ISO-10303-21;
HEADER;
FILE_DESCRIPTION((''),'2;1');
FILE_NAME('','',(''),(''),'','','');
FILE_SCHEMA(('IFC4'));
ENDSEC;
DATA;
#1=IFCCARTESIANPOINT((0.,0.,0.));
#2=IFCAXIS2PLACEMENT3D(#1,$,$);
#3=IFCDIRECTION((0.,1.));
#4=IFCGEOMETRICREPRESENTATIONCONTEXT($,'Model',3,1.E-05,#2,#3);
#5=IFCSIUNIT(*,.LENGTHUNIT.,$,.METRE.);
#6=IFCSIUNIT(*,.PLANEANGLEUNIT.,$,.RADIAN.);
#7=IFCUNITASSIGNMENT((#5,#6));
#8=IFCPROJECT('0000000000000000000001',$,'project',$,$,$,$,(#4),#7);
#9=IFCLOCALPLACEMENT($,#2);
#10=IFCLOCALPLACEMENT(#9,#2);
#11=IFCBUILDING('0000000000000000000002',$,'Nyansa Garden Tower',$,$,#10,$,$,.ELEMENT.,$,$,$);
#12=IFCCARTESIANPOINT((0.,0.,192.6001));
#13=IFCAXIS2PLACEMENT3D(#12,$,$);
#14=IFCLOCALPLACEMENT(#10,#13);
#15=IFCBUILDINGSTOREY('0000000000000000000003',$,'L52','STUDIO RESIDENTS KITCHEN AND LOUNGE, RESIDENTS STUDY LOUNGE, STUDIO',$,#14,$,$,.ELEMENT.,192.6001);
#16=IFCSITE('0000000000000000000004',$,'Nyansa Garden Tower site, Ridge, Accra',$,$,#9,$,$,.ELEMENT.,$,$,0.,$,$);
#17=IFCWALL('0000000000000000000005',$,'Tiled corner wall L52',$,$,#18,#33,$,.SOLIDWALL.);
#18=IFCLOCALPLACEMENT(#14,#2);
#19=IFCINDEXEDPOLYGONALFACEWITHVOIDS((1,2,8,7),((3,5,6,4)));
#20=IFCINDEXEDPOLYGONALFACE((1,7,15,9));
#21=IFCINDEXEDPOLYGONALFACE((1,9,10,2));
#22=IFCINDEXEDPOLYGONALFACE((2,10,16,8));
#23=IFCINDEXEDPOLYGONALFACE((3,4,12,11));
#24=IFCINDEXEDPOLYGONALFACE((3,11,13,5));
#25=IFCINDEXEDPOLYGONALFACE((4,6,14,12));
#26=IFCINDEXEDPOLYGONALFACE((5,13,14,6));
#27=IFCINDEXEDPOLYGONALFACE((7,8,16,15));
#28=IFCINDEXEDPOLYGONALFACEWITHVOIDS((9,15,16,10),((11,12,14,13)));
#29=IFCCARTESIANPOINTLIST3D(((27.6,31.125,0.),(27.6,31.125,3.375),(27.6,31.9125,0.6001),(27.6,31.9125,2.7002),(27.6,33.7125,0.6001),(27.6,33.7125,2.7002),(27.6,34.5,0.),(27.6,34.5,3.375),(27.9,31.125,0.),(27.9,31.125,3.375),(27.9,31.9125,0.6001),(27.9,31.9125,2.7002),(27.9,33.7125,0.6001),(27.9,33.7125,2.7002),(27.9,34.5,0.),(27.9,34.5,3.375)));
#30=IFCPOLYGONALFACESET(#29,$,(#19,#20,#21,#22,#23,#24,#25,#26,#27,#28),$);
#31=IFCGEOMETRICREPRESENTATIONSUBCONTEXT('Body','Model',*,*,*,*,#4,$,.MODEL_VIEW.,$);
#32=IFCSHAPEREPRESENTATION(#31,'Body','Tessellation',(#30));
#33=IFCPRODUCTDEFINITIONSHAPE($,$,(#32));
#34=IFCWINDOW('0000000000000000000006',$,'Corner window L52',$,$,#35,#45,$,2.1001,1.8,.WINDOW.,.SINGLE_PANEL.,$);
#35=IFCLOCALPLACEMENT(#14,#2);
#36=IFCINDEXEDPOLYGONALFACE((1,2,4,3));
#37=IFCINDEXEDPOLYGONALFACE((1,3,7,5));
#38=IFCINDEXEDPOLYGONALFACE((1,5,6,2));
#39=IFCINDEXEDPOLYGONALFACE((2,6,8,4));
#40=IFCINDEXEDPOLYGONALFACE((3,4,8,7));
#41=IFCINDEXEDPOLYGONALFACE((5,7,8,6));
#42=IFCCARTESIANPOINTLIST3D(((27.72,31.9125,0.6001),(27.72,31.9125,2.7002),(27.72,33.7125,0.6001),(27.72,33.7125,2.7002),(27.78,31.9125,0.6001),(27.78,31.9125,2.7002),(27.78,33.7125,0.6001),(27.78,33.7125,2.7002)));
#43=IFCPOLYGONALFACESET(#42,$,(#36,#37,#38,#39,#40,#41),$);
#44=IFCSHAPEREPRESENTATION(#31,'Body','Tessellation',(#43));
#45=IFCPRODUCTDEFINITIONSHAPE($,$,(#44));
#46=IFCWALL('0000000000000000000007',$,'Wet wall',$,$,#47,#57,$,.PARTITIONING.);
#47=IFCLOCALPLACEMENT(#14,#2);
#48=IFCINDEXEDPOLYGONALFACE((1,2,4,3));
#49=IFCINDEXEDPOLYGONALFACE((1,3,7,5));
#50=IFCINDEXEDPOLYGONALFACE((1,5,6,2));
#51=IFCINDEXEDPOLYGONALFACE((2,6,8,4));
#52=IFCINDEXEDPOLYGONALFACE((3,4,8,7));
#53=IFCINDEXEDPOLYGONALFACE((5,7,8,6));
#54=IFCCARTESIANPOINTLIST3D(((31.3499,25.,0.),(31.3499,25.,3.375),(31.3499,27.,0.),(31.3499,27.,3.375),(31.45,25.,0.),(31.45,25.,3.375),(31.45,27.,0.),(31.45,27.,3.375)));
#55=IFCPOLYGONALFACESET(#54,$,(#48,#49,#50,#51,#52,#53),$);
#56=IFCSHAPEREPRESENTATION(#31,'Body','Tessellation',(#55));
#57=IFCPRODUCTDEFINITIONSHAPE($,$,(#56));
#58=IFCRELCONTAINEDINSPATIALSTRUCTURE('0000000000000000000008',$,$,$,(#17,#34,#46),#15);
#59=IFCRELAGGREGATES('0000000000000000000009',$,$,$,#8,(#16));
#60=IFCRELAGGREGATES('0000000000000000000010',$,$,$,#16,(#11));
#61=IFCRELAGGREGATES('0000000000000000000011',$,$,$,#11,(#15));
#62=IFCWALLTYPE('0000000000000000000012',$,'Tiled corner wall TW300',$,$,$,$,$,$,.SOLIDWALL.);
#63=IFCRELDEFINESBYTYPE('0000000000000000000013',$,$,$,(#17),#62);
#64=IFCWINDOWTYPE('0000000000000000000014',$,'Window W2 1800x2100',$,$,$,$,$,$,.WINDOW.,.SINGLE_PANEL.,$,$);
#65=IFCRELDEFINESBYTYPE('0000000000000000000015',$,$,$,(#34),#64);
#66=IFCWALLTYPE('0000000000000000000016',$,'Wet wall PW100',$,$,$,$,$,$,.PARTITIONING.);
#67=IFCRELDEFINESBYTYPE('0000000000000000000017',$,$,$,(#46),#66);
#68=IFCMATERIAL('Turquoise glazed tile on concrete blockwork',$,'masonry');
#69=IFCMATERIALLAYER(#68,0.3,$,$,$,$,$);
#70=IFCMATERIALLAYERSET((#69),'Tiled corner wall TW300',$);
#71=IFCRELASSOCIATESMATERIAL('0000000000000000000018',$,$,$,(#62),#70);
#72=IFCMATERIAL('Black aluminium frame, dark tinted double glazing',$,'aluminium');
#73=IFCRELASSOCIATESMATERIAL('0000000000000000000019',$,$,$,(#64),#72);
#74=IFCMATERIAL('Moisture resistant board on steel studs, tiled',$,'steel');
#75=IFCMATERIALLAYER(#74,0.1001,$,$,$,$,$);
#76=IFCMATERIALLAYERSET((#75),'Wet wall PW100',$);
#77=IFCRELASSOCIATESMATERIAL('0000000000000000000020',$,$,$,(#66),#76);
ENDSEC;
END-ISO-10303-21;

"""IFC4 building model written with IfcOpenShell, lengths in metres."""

from ifc_helpers import new_model, si_unit, direction, frame, frame_2d, origin, place, context, subcontext, project, spatial, rectangle, extrude, material, layer, layer_set, type_object, element, fill, save


model = new_model("IFC4")

# Units and contexts
model_context = context("Model", 3, precision=1e-05, world=origin(), true_north=direction((0.0, 1.0)))
body_context = subcontext(model_context, "Body", "Model", "MODEL_VIEW")
ifc_project = project(units=[si_unit("LENGTHUNIT", "METRE"), si_unit("PLANEANGLEUNIT", "RADIAN")], contexts=[model_context])

# Site, building, storey
site_placement = place(None, origin())
site = spatial("IfcSite", under=ifc_project, at=site_placement, Name="Nyansa Garden Tower site, Ridge, Accra", CompositionType="ELEMENT", RefElevation=0.0)
building_placement = place(site_placement, origin())
building = spatial("IfcBuilding", under=site, at=building_placement, Name="Nyansa Garden Tower", CompositionType="ELEMENT")
storey_placement = place(building_placement, frame((0.0, 0.0, 192.6001)))
storey = spatial("IfcBuildingStorey", under=building, at=storey_placement, Name="L52", Description="STUDIO RESIDENTS KITCHEN AND LOUNGE, RESIDENTS STUDY LOUNGE, STUDIO", CompositionType="ELEMENT", Elevation=192.6001)

# Wall, opening, window
ifc_material_1 = material(Name="Turquoise glazed tile on concrete blockwork", Category="masonry")
ifc_layer_1 = layer(ifc_material_1, 0.3)
ifc_layer_set_1 = layer_set([ifc_layer_1], Name="Tiled corner wall TW300")
wall_type_1 = type_object("IfcWallType", Name="Tiled corner wall TW300", PredefinedType="SOLIDWALL", material=ifc_layer_set_1)
ifc_material_2 = material(Name="Black aluminium frame, dark tinted double glazing", Category="aluminium")
window_type_1 = type_object("IfcWindowType", Name="Window W2 1800x2100", PartitioningType="SINGLE_PANEL", PredefinedType="WINDOW", material=ifc_material_2)
wall_1_placement = place(storey_placement, frame((27.75, 31.125, 0.0), z_axis=(0.0, 0.0, 1.0), x_axis=(0.0, 1.0, 0.0)))
wall_1 = element("IfcWall", 1, at=wall_1_placement, inside=storey, type_object=wall_type_1, Name="Tiled corner wall L52", PredefinedType="SOLIDWALL", context=body_context, shape_type="SweptSolid", body=[
    extrude(rectangle(XDim=3.375, YDim=0.3, at=frame_2d((1.6875, 0.0))), origin(), (0.0, 0.0, 1.0), 3.375),
])
opening_1_placement = place(wall_1_placement, frame((0.7876, 0.0, 0.6001)))
opening_1 = element("IfcOpeningElement", 2, at=opening_1_placement, cuts=wall_1, PredefinedType="OPENING", context=body_context, shape_type="SweptSolid", body=[
    extrude(rectangle(XDim=1.8, YDim=2.1001, at=frame_2d((0.8999, 1.05))), frame((0.0, 0.1599, 0.0), z_axis=(0.0, -1.0, 0.0), x_axis=(1.0, 0.0, 0.0)), (0.0, 0.0, 1.0), 0.3201),
])
window_1_placement = place(opening_1_placement, origin())
window_1 = element("IfcWindow", 3, at=window_1_placement, inside=storey, type_object=window_type_1, Name="Corner window L52", OverallHeight=2.1001, OverallWidth=1.8, PartitioningType="SINGLE_PANEL", PredefinedType="WINDOW", context=body_context, shape_type="SweptSolid", body=[
    extrude(rectangle(XDim=1.8, YDim=2.1001, at=frame_2d((0.8999, 1.05))), frame((0.0, 0.03, 0.0), z_axis=(0.0, -1.0, 0.0), x_axis=(1.0, 0.0, 0.0)), (0.0, 0.0, 1.0), 0.0601),
])
fill(opening_1, window_1)

# Wall
ifc_material_3 = material(Name="Moisture resistant board on steel studs, tiled", Category="steel")
ifc_layer_2 = layer(ifc_material_3, 0.1001)
ifc_layer_set_2 = layer_set([ifc_layer_2], Name="Wet wall PW100")
wall_type_2 = type_object("IfcWallType", Name="Wet wall PW100", PredefinedType="PARTITIONING", material=ifc_layer_set_2)
wall_2_placement = place(storey_placement, frame((31.3999, 25.0, 0.0), z_axis=(0.0, 0.0, 1.0), x_axis=(0.0, 1.0, 0.0)))
element("IfcWall", 4, at=wall_2_placement, inside=storey, type_object=wall_type_2, Name="Wet wall", PredefinedType="PARTITIONING", context=body_context, shape_type="SweptSolid", body=[
    extrude(rectangle(XDim=2.0, YDim=0.1001, at=frame_2d((1.0, 0.0))), origin(), (0.0, 0.0, 1.0), 3.375),
])

save(model, "model.ifc")
